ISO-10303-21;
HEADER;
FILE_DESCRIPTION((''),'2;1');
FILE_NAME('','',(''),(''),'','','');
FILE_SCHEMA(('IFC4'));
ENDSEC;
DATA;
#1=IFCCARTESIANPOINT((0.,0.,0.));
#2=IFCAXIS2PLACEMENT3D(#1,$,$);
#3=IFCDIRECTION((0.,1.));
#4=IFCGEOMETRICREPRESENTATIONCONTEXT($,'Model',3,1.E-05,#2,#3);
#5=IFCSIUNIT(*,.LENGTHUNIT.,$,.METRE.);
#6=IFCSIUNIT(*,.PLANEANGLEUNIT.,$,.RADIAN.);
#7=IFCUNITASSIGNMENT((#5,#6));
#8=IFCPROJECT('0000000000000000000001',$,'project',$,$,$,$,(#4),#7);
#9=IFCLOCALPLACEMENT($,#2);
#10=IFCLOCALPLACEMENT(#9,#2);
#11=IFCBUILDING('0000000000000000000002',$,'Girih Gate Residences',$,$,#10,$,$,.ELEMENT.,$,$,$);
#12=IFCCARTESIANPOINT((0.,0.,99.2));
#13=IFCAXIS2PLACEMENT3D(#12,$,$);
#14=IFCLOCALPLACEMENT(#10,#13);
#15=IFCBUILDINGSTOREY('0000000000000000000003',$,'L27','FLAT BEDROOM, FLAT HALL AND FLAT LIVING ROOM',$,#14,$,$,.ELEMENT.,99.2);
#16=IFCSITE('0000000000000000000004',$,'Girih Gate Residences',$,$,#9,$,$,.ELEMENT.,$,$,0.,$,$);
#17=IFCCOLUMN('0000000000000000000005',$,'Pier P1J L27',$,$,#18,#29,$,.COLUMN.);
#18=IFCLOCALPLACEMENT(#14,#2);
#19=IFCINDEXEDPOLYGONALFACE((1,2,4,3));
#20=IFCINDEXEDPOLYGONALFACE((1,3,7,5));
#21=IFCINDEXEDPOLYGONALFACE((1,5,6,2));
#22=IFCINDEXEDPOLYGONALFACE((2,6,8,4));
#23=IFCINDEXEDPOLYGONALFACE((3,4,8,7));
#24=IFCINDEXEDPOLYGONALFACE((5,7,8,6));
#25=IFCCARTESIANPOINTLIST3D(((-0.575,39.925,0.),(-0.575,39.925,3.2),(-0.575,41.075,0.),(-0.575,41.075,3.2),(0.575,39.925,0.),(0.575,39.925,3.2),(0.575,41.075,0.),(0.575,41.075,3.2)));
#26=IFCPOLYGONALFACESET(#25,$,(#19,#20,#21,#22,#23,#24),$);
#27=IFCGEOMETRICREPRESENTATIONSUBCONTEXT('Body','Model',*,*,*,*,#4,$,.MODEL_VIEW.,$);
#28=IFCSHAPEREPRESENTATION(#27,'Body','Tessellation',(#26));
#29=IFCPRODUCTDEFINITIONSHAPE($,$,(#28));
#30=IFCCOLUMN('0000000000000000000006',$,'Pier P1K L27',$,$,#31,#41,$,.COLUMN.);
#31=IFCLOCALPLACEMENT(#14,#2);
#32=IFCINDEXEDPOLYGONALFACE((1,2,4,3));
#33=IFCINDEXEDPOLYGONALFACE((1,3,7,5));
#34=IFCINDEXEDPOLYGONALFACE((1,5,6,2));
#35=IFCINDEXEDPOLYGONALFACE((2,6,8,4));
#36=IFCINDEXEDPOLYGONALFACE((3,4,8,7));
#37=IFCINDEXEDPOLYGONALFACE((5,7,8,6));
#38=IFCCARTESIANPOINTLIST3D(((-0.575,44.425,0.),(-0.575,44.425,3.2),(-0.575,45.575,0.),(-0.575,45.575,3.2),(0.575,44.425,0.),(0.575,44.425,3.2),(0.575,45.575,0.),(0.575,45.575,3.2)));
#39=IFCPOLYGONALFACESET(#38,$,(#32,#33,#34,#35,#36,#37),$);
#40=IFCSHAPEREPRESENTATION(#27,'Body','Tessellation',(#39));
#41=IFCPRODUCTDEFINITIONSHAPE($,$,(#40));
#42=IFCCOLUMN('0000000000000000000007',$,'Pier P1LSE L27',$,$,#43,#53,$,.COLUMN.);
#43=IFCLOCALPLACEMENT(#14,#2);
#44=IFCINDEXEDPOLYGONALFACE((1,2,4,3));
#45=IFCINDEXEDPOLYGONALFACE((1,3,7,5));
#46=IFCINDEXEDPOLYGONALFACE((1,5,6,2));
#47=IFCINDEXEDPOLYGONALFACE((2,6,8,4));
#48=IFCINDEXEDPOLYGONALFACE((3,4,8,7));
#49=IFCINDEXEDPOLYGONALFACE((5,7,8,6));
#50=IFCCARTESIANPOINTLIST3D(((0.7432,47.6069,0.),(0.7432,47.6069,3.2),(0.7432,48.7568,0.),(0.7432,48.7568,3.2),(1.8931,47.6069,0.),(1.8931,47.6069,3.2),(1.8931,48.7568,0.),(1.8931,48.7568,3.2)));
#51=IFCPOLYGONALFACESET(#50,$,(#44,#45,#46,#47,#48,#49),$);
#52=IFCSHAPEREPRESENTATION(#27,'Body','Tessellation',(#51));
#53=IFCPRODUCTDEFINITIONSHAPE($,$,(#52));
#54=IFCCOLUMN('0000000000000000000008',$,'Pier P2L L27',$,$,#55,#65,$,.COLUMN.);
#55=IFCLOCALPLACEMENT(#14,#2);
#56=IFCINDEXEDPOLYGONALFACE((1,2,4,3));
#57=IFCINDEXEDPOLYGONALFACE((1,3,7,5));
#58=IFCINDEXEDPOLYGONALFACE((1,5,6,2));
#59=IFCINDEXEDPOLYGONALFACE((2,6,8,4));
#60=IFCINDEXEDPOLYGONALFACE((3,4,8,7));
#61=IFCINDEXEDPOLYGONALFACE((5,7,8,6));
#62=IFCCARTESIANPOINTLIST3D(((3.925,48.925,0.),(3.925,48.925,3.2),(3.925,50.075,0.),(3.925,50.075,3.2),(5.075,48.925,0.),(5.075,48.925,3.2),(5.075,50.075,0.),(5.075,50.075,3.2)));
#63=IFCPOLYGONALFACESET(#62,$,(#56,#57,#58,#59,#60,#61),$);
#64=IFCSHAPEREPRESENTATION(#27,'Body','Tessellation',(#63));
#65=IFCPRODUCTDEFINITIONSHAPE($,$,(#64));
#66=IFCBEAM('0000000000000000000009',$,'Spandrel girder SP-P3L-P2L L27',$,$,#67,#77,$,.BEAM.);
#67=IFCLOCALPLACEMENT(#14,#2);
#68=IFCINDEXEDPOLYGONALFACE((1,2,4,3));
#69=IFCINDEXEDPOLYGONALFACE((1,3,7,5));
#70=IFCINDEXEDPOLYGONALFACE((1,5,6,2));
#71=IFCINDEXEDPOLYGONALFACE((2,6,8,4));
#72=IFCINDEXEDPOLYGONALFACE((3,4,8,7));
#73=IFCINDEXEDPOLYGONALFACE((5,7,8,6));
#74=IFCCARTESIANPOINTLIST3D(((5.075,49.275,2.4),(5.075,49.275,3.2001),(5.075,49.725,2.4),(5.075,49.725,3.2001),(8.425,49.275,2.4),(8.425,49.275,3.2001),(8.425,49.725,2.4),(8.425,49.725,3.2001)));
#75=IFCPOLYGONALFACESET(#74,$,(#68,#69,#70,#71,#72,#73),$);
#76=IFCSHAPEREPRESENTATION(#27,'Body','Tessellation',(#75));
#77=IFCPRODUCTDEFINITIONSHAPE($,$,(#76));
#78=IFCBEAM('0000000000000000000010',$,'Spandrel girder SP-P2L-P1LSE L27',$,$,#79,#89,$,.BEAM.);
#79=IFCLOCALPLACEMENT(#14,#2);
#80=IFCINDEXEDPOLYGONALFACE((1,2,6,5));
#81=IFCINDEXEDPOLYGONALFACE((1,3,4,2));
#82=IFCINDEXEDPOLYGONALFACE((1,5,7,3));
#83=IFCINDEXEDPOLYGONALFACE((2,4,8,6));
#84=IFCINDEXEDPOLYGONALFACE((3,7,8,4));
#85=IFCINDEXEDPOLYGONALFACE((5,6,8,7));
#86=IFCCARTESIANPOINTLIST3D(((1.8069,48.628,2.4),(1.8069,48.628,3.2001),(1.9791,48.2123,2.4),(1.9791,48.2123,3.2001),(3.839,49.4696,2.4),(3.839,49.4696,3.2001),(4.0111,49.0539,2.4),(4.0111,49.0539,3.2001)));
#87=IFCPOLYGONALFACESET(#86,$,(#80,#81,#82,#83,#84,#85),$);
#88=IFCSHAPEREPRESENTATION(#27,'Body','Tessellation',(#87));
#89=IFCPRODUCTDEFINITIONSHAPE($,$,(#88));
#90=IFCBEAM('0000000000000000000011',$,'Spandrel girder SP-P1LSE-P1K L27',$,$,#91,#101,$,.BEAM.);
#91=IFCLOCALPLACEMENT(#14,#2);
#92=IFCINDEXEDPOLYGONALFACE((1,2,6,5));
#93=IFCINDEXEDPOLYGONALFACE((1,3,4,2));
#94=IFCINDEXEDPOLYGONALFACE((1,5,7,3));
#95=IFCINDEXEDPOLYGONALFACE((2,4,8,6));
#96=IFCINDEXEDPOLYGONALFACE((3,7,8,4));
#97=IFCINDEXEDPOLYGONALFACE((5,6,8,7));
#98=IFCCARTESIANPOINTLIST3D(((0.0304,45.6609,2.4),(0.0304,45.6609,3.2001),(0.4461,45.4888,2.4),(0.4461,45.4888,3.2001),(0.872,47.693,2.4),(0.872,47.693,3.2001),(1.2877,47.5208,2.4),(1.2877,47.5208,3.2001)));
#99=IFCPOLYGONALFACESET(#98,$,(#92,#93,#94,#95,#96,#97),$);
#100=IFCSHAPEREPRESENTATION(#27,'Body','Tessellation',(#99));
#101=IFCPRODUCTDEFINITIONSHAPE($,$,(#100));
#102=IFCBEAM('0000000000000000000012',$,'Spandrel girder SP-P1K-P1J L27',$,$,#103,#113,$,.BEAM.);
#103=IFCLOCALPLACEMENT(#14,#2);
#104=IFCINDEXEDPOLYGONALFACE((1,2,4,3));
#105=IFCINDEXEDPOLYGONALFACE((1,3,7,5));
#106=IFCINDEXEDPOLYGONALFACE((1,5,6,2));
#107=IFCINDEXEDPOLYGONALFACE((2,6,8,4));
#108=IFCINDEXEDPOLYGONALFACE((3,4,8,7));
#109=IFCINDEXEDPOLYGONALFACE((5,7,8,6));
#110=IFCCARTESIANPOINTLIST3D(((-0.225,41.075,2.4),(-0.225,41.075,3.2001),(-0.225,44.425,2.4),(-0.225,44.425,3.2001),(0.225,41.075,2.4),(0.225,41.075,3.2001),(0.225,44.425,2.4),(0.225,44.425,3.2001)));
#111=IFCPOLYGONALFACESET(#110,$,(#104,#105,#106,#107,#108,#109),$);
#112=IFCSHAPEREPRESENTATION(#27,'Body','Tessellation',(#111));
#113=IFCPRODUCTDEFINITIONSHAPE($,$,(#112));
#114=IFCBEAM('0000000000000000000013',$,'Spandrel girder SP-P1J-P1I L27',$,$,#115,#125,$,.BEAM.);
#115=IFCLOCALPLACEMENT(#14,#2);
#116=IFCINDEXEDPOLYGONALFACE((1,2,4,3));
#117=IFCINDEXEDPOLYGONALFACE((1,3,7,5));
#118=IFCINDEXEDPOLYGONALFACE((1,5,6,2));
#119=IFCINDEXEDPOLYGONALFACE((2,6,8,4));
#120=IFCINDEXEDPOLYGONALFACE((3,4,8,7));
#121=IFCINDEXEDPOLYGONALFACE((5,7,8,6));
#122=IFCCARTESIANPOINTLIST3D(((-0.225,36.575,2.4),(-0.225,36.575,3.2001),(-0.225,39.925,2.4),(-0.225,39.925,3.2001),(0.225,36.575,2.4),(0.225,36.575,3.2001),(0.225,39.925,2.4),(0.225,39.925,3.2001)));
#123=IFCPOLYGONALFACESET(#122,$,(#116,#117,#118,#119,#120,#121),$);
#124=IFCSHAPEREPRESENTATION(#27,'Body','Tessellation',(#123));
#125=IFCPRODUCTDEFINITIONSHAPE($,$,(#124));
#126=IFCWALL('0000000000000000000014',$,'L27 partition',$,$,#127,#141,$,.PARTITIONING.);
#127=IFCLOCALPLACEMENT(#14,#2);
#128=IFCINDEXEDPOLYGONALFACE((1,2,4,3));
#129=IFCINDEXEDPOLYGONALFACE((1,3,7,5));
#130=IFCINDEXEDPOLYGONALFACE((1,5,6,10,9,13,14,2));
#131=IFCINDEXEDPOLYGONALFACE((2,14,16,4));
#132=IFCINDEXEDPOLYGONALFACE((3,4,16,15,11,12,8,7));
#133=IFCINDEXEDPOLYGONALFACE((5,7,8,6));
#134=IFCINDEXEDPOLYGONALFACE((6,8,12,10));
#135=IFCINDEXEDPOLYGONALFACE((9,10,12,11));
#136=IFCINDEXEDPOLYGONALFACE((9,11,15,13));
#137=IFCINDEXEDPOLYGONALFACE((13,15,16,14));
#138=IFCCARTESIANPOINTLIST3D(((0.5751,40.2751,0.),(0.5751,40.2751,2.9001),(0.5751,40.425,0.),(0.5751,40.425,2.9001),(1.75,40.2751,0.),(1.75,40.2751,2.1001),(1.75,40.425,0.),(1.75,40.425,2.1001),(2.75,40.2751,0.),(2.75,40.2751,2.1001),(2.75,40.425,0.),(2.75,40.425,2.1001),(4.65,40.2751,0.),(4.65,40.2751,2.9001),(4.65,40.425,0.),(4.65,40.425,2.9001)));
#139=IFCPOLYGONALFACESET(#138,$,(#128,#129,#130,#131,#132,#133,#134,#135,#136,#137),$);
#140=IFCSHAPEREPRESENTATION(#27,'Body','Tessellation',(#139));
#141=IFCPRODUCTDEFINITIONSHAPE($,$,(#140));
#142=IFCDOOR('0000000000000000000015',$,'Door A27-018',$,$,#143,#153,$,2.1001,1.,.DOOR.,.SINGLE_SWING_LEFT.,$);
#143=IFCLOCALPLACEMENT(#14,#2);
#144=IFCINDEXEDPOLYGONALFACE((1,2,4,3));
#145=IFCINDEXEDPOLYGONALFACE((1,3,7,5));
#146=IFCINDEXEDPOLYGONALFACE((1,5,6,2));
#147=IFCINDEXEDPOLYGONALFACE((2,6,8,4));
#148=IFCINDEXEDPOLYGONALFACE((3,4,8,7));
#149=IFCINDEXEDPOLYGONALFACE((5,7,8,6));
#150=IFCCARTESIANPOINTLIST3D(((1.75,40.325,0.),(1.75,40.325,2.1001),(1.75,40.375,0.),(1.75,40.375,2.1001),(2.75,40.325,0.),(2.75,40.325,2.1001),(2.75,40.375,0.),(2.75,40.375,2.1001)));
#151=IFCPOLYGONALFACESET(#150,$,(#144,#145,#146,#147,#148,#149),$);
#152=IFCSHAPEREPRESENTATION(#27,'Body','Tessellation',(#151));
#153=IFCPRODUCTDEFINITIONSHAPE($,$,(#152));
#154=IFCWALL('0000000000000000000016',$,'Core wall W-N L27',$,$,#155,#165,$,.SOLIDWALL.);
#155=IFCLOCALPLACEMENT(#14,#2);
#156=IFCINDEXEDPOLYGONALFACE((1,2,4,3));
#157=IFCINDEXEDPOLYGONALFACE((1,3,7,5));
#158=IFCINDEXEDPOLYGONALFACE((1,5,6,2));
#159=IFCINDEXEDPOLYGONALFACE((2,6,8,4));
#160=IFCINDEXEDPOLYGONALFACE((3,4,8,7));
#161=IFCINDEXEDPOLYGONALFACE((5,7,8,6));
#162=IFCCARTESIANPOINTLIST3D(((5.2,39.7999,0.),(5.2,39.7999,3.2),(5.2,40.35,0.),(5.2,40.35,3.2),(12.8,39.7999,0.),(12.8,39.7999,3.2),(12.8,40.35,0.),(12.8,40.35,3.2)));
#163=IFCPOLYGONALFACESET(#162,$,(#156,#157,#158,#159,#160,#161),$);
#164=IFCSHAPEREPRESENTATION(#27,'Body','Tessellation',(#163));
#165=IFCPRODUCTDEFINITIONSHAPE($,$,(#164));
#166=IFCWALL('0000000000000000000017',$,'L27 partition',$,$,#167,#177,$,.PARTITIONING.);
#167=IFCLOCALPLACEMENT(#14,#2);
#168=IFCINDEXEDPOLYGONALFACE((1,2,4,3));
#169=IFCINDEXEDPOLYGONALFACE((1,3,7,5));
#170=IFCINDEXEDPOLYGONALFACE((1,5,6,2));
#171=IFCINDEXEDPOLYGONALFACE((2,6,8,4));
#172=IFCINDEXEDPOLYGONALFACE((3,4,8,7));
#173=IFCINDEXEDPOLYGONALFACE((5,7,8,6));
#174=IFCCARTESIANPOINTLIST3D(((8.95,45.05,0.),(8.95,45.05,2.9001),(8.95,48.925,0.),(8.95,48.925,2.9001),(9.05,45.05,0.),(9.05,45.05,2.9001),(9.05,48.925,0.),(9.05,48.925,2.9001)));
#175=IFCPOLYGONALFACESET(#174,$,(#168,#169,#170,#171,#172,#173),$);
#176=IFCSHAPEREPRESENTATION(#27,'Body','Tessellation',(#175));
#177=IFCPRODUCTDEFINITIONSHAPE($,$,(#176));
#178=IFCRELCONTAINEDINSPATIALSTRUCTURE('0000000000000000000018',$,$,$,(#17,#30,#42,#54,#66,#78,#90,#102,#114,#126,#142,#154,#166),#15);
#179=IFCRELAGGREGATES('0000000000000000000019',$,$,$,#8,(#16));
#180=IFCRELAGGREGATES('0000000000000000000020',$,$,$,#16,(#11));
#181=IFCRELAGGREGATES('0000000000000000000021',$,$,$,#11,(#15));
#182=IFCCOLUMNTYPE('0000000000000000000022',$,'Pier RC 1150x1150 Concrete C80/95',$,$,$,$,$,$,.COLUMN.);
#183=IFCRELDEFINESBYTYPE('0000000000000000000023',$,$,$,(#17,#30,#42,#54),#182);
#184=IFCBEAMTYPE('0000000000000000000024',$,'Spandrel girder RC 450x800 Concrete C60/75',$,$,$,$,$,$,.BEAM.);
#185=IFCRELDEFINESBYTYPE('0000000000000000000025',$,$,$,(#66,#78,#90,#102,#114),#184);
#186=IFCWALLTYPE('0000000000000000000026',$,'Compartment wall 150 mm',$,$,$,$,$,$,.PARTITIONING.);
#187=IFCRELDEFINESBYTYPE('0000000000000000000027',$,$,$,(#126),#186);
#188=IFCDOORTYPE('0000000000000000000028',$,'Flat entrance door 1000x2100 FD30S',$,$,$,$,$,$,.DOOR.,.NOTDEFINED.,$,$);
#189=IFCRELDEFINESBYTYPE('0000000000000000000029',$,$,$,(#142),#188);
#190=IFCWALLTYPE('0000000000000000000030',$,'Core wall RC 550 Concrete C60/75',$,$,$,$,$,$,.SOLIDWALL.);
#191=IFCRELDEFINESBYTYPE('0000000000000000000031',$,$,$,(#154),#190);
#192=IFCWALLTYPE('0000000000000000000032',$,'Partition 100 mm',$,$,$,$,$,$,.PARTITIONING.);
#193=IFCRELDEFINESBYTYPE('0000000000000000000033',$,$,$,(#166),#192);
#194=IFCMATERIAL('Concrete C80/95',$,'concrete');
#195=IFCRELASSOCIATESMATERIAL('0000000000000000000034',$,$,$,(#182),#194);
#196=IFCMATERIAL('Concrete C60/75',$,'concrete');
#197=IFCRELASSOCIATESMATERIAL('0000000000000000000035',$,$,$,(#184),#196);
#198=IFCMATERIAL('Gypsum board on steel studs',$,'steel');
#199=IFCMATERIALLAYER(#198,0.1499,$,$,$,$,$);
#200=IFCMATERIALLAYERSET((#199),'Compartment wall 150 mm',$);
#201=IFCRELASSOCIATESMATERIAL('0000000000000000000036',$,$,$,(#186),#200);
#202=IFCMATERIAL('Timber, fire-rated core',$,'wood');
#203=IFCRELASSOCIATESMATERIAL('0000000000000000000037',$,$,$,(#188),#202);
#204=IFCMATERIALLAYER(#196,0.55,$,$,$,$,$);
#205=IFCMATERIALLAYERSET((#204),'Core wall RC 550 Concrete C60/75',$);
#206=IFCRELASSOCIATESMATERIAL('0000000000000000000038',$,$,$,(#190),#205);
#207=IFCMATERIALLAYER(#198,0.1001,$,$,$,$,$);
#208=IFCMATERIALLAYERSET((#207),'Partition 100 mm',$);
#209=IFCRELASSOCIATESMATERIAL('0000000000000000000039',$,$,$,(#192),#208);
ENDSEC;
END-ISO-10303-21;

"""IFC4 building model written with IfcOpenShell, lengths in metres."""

from ifc_helpers import new_model, si_unit, direction, frame, frame_2d, origin, origin_2d, place, context, subcontext, project, spatial, rectangle, extrude, material, layer, layer_set, material_profile, profile_set, type_object, element, fill, save


model = new_model("IFC4")

# Units and contexts
model_context = context("Model", 3, precision=1e-05, world=origin(), true_north=direction((0.0, 1.0)))
body_context = subcontext(model_context, "Body", "Model", "MODEL_VIEW")
ifc_project = project(units=[si_unit("LENGTHUNIT", "METRE"), si_unit("PLANEANGLEUNIT", "RADIAN")], contexts=[model_context])

# Site, building, storey
site_placement = place(None, origin())
site = spatial("IfcSite", under=ifc_project, at=site_placement, Name="Girih Gate Residences", CompositionType="ELEMENT", RefElevation=0.0)
building_placement = place(site_placement, origin())
building = spatial("IfcBuilding", under=site, at=building_placement, Name="Girih Gate Residences", CompositionType="ELEMENT")
storey_placement = place(building_placement, frame((0.0, 0.0, 99.2)))
storey = spatial("IfcBuildingStorey", under=building, at=storey_placement, Name="L27", Description="FLAT BEDROOM, FLAT HALL AND FLAT LIVING ROOM", CompositionType="ELEMENT", Elevation=99.2)

# Columns
ifc_material_1 = material(Name="Concrete C80/95", Category="concrete")
ifc_material_profile_1 = material_profile(ifc_material_1, rectangle(XDim=1.1499, YDim=1.1499, at=origin_2d()))
ifc_profile_set_1 = profile_set([ifc_material_profile_1], Name="Concrete C80/95")
column_type = type_object("IfcColumnType", Name="Pier RC 1150x1150 Concrete C80/95", PredefinedType="COLUMN", material=ifc_profile_set_1)
for number, where, z_axis, x_axis, name in (
    (1, (0.0, 40.5, 0.0), (0.0, 0.0, 1.0), (1.0, 0.0, 0.0), "Pier P1J L27"),
    (2, (0.0, 45.0, 0.0), (0.0, 0.0, 1.0), (1.0, 0.0, 0.0), "Pier P1K L27"),
    (3, (1.3181, 48.1819, 0.0), (0.0, 0.0, 1.0), (1.0, 0.0, 0.0), "Pier P1LSE L27"),
    (4, (4.5, 49.5, 0.0), (0.0, 0.0, 1.0), (1.0, 0.0, 0.0), "Pier P2L L27"),
):
    element("IfcColumn", number, at=place(storey_placement, frame(where, z_axis=z_axis, x_axis=x_axis)), inside=storey, type_object=column_type, Name=name, PredefinedType="COLUMN", context=body_context, shape_type="SweptSolid", body=[
        extrude(rectangle(XDim=1.1499, YDim=1.1499, at=origin_2d()), origin(), (0.0, 0.0, 1.0), 3.2),
    ])

# Beams
ifc_material_2 = material(Name="Concrete C60/75", Category="concrete")
ifc_material_profile_2 = material_profile(ifc_material_2, rectangle(XDim=0.45, YDim=0.8, at=origin_2d()))
ifc_profile_set_2 = profile_set([ifc_material_profile_2], Name="Concrete C60/75")
beam_type = type_object("IfcBeamType", Name="Spandrel girder RC 450x800 Concrete C60/75", PredefinedType="BEAM", material=ifc_profile_set_2)
beam_placement = place(storey_placement, frame((8.425, 49.5, 2.8), z_axis=(-1.0, 0.0, 0.0), x_axis=(0.0, -1.0, 0.0)))
element("IfcBeam", 5, at=beam_placement, inside=storey, type_object=beam_type, Name="Spandrel girder SP-P3L-P2L L27", PredefinedType="BEAM", context=body_context, shape_type="SweptSolid", body=[
    extrude(rectangle(XDim=0.45, YDim=0.8, at=origin_2d()), origin(), (0.0, 0.0, 1.0), 3.3501),
])
for number, where, z_axis, x_axis, name in (
    (6, (3.925, 49.2617, 2.8), (-0.923899, -0.382636, 0.0), (0.382636, -0.923899, 0.0), "Spandrel girder SP-P2L-P1LSE L27"),
    (7, (1.0798, 47.6069, 2.8), (-0.382636, -0.923899, 0.0), (0.923899, -0.382636, 0.0), "Spandrel girder SP-P1LSE-P1K L27"),
):
    element("IfcBeam", number, at=place(storey_placement, frame(where, z_axis=z_axis, x_axis=x_axis)), inside=storey, type_object=beam_type, Name=name, PredefinedType="BEAM", context=body_context, shape_type="SweptSolid", body=[
        extrude(rectangle(XDim=0.45, YDim=0.8, at=origin_2d()), origin(), (0.0, 0.0, 1.0), 2.1995),
    ])
for number, where, z_axis, x_axis, name in (
    (8, (0.0, 44.425, 2.8), (0.0, -1.0, 0.0), (1.0, 0.0, 0.0), "Spandrel girder SP-P1K-P1J L27"),
    (9, (0.0, 39.925, 2.8), (0.0, -1.0, 0.0), (1.0, 0.0, 0.0), "Spandrel girder SP-P1J-P1I L27"),
):
    element("IfcBeam", number, at=place(storey_placement, frame(where, z_axis=z_axis, x_axis=x_axis)), inside=storey, type_object=beam_type, Name=name, PredefinedType="BEAM", context=body_context, shape_type="SweptSolid", body=[
        extrude(rectangle(XDim=0.45, YDim=0.8, at=origin_2d()), origin(), (0.0, 0.0, 1.0), 3.3501),
    ])

# Wall, opening, door
ifc_material_3 = material(Name="Gypsum board on steel studs", Category="steel")
ifc_layer_1 = layer(ifc_material_3, 0.1499)
ifc_layer_set_1 = layer_set([ifc_layer_1], Name="Compartment wall 150 mm")
wall_type_1 = type_object("IfcWallType", Name="Compartment wall 150 mm", PredefinedType="PARTITIONING", material=ifc_layer_set_1)
wall_1_placement = place(storey_placement, frame((0.575, 40.3501, 0.0), z_axis=(0.0, 0.0, 1.0), x_axis=(1.0, 0.0, 0.0)))
wall_1 = element("IfcWall", 10, at=wall_1_placement, inside=storey, type_object=wall_type_1, Name="L27 partition", PredefinedType="PARTITIONING", context=body_context, shape_type="SweptSolid", body=[
    extrude(rectangle(XDim=4.075, YDim=0.1499, at=frame_2d((2.0376, 0.0))), origin(), (0.0, 0.0, 1.0), 2.9001),
])
opening_1_placement = place(wall_1_placement, frame((1.175, 0.0, 0.0)))
opening_1 = element("IfcOpeningElement", 11, at=opening_1_placement, cuts=wall_1, PredefinedType="OPENING", context=body_context, shape_type="SweptSolid", body=[
    extrude(rectangle(XDim=1.0, YDim=2.1001, at=frame_2d((0.5, 1.05))), frame((0.0, 0.085, 0.0), z_axis=(0.0, -1.0, 0.0), x_axis=(1.0, 0.0, 0.0)), (0.0, 0.0, 1.0), 0.1699),
])
ifc_material_4 = material(Name="Timber, fire-rated core", Category="wood")
door_type_1 = type_object("IfcDoorType", Name="Flat entrance door 1000x2100 FD30S", OperationType="NOTDEFINED", PredefinedType="DOOR", material=ifc_material_4)
door_1_placement = place(opening_1_placement, origin())
door_1 = element("IfcDoor", 12, at=door_1_placement, inside=storey, type_object=door_type_1, Name="Door A27-018", OperationType="SINGLE_SWING_LEFT", OverallHeight=2.1001, OverallWidth=1.0, PredefinedType="DOOR", context=body_context, shape_type="SweptSolid", body=[
    extrude(rectangle(XDim=1.0, YDim=2.1001, at=frame_2d((0.5, 1.05))), frame((0.0, 0.0249, 0.0), z_axis=(0.0, -1.0, 0.0), x_axis=(1.0, 0.0, 0.0)), (0.0, 0.0, 1.0), 0.05),
])
fill(opening_1, door_1)

# Walls
ifc_layer_2 = layer(ifc_material_2, 0.55)
ifc_layer_set_2 = layer_set([ifc_layer_2], Name="Core wall RC 550 Concrete C60/75")
wall_type_2 = type_object("IfcWallType", Name="Core wall RC 550 Concrete C60/75", PredefinedType="SOLIDWALL", material=ifc_layer_set_2)
wall_2_placement = place(storey_placement, frame((5.2, 40.075, 0.0), z_axis=(0.0, 0.0, 1.0), x_axis=(1.0, 0.0, 0.0)))
element("IfcWall", 13, at=wall_2_placement, inside=storey, type_object=wall_type_2, Name="Core wall W-N L27", PredefinedType="SOLIDWALL", context=body_context, shape_type="SweptSolid", body=[
    extrude(rectangle(XDim=7.6001, YDim=0.55, at=frame_2d((3.8, 0.0))), origin(), (0.0, 0.0, 1.0), 3.2),
])
ifc_layer_3 = layer(ifc_material_3, 0.1001)
ifc_layer_set_3 = layer_set([ifc_layer_3], Name="Partition 100 mm")
wall_type_3 = type_object("IfcWallType", Name="Partition 100 mm", PredefinedType="PARTITIONING", material=ifc_layer_set_3)
wall_3_placement = place(storey_placement, frame((9.0, 45.05, 0.0), z_axis=(0.0, 0.0, 1.0), x_axis=(0.0, 1.0, 0.0)))
element("IfcWall", 14, at=wall_3_placement, inside=storey, type_object=wall_type_3, Name="L27 partition", PredefinedType="PARTITIONING", context=body_context, shape_type="SweptSolid", body=[
    extrude(rectangle(XDim=3.875, YDim=0.1001, at=frame_2d((1.9375, 0.0))), origin(), (0.0, 0.0, 1.0), 2.9001),
])

save(model, "model.ifc")
